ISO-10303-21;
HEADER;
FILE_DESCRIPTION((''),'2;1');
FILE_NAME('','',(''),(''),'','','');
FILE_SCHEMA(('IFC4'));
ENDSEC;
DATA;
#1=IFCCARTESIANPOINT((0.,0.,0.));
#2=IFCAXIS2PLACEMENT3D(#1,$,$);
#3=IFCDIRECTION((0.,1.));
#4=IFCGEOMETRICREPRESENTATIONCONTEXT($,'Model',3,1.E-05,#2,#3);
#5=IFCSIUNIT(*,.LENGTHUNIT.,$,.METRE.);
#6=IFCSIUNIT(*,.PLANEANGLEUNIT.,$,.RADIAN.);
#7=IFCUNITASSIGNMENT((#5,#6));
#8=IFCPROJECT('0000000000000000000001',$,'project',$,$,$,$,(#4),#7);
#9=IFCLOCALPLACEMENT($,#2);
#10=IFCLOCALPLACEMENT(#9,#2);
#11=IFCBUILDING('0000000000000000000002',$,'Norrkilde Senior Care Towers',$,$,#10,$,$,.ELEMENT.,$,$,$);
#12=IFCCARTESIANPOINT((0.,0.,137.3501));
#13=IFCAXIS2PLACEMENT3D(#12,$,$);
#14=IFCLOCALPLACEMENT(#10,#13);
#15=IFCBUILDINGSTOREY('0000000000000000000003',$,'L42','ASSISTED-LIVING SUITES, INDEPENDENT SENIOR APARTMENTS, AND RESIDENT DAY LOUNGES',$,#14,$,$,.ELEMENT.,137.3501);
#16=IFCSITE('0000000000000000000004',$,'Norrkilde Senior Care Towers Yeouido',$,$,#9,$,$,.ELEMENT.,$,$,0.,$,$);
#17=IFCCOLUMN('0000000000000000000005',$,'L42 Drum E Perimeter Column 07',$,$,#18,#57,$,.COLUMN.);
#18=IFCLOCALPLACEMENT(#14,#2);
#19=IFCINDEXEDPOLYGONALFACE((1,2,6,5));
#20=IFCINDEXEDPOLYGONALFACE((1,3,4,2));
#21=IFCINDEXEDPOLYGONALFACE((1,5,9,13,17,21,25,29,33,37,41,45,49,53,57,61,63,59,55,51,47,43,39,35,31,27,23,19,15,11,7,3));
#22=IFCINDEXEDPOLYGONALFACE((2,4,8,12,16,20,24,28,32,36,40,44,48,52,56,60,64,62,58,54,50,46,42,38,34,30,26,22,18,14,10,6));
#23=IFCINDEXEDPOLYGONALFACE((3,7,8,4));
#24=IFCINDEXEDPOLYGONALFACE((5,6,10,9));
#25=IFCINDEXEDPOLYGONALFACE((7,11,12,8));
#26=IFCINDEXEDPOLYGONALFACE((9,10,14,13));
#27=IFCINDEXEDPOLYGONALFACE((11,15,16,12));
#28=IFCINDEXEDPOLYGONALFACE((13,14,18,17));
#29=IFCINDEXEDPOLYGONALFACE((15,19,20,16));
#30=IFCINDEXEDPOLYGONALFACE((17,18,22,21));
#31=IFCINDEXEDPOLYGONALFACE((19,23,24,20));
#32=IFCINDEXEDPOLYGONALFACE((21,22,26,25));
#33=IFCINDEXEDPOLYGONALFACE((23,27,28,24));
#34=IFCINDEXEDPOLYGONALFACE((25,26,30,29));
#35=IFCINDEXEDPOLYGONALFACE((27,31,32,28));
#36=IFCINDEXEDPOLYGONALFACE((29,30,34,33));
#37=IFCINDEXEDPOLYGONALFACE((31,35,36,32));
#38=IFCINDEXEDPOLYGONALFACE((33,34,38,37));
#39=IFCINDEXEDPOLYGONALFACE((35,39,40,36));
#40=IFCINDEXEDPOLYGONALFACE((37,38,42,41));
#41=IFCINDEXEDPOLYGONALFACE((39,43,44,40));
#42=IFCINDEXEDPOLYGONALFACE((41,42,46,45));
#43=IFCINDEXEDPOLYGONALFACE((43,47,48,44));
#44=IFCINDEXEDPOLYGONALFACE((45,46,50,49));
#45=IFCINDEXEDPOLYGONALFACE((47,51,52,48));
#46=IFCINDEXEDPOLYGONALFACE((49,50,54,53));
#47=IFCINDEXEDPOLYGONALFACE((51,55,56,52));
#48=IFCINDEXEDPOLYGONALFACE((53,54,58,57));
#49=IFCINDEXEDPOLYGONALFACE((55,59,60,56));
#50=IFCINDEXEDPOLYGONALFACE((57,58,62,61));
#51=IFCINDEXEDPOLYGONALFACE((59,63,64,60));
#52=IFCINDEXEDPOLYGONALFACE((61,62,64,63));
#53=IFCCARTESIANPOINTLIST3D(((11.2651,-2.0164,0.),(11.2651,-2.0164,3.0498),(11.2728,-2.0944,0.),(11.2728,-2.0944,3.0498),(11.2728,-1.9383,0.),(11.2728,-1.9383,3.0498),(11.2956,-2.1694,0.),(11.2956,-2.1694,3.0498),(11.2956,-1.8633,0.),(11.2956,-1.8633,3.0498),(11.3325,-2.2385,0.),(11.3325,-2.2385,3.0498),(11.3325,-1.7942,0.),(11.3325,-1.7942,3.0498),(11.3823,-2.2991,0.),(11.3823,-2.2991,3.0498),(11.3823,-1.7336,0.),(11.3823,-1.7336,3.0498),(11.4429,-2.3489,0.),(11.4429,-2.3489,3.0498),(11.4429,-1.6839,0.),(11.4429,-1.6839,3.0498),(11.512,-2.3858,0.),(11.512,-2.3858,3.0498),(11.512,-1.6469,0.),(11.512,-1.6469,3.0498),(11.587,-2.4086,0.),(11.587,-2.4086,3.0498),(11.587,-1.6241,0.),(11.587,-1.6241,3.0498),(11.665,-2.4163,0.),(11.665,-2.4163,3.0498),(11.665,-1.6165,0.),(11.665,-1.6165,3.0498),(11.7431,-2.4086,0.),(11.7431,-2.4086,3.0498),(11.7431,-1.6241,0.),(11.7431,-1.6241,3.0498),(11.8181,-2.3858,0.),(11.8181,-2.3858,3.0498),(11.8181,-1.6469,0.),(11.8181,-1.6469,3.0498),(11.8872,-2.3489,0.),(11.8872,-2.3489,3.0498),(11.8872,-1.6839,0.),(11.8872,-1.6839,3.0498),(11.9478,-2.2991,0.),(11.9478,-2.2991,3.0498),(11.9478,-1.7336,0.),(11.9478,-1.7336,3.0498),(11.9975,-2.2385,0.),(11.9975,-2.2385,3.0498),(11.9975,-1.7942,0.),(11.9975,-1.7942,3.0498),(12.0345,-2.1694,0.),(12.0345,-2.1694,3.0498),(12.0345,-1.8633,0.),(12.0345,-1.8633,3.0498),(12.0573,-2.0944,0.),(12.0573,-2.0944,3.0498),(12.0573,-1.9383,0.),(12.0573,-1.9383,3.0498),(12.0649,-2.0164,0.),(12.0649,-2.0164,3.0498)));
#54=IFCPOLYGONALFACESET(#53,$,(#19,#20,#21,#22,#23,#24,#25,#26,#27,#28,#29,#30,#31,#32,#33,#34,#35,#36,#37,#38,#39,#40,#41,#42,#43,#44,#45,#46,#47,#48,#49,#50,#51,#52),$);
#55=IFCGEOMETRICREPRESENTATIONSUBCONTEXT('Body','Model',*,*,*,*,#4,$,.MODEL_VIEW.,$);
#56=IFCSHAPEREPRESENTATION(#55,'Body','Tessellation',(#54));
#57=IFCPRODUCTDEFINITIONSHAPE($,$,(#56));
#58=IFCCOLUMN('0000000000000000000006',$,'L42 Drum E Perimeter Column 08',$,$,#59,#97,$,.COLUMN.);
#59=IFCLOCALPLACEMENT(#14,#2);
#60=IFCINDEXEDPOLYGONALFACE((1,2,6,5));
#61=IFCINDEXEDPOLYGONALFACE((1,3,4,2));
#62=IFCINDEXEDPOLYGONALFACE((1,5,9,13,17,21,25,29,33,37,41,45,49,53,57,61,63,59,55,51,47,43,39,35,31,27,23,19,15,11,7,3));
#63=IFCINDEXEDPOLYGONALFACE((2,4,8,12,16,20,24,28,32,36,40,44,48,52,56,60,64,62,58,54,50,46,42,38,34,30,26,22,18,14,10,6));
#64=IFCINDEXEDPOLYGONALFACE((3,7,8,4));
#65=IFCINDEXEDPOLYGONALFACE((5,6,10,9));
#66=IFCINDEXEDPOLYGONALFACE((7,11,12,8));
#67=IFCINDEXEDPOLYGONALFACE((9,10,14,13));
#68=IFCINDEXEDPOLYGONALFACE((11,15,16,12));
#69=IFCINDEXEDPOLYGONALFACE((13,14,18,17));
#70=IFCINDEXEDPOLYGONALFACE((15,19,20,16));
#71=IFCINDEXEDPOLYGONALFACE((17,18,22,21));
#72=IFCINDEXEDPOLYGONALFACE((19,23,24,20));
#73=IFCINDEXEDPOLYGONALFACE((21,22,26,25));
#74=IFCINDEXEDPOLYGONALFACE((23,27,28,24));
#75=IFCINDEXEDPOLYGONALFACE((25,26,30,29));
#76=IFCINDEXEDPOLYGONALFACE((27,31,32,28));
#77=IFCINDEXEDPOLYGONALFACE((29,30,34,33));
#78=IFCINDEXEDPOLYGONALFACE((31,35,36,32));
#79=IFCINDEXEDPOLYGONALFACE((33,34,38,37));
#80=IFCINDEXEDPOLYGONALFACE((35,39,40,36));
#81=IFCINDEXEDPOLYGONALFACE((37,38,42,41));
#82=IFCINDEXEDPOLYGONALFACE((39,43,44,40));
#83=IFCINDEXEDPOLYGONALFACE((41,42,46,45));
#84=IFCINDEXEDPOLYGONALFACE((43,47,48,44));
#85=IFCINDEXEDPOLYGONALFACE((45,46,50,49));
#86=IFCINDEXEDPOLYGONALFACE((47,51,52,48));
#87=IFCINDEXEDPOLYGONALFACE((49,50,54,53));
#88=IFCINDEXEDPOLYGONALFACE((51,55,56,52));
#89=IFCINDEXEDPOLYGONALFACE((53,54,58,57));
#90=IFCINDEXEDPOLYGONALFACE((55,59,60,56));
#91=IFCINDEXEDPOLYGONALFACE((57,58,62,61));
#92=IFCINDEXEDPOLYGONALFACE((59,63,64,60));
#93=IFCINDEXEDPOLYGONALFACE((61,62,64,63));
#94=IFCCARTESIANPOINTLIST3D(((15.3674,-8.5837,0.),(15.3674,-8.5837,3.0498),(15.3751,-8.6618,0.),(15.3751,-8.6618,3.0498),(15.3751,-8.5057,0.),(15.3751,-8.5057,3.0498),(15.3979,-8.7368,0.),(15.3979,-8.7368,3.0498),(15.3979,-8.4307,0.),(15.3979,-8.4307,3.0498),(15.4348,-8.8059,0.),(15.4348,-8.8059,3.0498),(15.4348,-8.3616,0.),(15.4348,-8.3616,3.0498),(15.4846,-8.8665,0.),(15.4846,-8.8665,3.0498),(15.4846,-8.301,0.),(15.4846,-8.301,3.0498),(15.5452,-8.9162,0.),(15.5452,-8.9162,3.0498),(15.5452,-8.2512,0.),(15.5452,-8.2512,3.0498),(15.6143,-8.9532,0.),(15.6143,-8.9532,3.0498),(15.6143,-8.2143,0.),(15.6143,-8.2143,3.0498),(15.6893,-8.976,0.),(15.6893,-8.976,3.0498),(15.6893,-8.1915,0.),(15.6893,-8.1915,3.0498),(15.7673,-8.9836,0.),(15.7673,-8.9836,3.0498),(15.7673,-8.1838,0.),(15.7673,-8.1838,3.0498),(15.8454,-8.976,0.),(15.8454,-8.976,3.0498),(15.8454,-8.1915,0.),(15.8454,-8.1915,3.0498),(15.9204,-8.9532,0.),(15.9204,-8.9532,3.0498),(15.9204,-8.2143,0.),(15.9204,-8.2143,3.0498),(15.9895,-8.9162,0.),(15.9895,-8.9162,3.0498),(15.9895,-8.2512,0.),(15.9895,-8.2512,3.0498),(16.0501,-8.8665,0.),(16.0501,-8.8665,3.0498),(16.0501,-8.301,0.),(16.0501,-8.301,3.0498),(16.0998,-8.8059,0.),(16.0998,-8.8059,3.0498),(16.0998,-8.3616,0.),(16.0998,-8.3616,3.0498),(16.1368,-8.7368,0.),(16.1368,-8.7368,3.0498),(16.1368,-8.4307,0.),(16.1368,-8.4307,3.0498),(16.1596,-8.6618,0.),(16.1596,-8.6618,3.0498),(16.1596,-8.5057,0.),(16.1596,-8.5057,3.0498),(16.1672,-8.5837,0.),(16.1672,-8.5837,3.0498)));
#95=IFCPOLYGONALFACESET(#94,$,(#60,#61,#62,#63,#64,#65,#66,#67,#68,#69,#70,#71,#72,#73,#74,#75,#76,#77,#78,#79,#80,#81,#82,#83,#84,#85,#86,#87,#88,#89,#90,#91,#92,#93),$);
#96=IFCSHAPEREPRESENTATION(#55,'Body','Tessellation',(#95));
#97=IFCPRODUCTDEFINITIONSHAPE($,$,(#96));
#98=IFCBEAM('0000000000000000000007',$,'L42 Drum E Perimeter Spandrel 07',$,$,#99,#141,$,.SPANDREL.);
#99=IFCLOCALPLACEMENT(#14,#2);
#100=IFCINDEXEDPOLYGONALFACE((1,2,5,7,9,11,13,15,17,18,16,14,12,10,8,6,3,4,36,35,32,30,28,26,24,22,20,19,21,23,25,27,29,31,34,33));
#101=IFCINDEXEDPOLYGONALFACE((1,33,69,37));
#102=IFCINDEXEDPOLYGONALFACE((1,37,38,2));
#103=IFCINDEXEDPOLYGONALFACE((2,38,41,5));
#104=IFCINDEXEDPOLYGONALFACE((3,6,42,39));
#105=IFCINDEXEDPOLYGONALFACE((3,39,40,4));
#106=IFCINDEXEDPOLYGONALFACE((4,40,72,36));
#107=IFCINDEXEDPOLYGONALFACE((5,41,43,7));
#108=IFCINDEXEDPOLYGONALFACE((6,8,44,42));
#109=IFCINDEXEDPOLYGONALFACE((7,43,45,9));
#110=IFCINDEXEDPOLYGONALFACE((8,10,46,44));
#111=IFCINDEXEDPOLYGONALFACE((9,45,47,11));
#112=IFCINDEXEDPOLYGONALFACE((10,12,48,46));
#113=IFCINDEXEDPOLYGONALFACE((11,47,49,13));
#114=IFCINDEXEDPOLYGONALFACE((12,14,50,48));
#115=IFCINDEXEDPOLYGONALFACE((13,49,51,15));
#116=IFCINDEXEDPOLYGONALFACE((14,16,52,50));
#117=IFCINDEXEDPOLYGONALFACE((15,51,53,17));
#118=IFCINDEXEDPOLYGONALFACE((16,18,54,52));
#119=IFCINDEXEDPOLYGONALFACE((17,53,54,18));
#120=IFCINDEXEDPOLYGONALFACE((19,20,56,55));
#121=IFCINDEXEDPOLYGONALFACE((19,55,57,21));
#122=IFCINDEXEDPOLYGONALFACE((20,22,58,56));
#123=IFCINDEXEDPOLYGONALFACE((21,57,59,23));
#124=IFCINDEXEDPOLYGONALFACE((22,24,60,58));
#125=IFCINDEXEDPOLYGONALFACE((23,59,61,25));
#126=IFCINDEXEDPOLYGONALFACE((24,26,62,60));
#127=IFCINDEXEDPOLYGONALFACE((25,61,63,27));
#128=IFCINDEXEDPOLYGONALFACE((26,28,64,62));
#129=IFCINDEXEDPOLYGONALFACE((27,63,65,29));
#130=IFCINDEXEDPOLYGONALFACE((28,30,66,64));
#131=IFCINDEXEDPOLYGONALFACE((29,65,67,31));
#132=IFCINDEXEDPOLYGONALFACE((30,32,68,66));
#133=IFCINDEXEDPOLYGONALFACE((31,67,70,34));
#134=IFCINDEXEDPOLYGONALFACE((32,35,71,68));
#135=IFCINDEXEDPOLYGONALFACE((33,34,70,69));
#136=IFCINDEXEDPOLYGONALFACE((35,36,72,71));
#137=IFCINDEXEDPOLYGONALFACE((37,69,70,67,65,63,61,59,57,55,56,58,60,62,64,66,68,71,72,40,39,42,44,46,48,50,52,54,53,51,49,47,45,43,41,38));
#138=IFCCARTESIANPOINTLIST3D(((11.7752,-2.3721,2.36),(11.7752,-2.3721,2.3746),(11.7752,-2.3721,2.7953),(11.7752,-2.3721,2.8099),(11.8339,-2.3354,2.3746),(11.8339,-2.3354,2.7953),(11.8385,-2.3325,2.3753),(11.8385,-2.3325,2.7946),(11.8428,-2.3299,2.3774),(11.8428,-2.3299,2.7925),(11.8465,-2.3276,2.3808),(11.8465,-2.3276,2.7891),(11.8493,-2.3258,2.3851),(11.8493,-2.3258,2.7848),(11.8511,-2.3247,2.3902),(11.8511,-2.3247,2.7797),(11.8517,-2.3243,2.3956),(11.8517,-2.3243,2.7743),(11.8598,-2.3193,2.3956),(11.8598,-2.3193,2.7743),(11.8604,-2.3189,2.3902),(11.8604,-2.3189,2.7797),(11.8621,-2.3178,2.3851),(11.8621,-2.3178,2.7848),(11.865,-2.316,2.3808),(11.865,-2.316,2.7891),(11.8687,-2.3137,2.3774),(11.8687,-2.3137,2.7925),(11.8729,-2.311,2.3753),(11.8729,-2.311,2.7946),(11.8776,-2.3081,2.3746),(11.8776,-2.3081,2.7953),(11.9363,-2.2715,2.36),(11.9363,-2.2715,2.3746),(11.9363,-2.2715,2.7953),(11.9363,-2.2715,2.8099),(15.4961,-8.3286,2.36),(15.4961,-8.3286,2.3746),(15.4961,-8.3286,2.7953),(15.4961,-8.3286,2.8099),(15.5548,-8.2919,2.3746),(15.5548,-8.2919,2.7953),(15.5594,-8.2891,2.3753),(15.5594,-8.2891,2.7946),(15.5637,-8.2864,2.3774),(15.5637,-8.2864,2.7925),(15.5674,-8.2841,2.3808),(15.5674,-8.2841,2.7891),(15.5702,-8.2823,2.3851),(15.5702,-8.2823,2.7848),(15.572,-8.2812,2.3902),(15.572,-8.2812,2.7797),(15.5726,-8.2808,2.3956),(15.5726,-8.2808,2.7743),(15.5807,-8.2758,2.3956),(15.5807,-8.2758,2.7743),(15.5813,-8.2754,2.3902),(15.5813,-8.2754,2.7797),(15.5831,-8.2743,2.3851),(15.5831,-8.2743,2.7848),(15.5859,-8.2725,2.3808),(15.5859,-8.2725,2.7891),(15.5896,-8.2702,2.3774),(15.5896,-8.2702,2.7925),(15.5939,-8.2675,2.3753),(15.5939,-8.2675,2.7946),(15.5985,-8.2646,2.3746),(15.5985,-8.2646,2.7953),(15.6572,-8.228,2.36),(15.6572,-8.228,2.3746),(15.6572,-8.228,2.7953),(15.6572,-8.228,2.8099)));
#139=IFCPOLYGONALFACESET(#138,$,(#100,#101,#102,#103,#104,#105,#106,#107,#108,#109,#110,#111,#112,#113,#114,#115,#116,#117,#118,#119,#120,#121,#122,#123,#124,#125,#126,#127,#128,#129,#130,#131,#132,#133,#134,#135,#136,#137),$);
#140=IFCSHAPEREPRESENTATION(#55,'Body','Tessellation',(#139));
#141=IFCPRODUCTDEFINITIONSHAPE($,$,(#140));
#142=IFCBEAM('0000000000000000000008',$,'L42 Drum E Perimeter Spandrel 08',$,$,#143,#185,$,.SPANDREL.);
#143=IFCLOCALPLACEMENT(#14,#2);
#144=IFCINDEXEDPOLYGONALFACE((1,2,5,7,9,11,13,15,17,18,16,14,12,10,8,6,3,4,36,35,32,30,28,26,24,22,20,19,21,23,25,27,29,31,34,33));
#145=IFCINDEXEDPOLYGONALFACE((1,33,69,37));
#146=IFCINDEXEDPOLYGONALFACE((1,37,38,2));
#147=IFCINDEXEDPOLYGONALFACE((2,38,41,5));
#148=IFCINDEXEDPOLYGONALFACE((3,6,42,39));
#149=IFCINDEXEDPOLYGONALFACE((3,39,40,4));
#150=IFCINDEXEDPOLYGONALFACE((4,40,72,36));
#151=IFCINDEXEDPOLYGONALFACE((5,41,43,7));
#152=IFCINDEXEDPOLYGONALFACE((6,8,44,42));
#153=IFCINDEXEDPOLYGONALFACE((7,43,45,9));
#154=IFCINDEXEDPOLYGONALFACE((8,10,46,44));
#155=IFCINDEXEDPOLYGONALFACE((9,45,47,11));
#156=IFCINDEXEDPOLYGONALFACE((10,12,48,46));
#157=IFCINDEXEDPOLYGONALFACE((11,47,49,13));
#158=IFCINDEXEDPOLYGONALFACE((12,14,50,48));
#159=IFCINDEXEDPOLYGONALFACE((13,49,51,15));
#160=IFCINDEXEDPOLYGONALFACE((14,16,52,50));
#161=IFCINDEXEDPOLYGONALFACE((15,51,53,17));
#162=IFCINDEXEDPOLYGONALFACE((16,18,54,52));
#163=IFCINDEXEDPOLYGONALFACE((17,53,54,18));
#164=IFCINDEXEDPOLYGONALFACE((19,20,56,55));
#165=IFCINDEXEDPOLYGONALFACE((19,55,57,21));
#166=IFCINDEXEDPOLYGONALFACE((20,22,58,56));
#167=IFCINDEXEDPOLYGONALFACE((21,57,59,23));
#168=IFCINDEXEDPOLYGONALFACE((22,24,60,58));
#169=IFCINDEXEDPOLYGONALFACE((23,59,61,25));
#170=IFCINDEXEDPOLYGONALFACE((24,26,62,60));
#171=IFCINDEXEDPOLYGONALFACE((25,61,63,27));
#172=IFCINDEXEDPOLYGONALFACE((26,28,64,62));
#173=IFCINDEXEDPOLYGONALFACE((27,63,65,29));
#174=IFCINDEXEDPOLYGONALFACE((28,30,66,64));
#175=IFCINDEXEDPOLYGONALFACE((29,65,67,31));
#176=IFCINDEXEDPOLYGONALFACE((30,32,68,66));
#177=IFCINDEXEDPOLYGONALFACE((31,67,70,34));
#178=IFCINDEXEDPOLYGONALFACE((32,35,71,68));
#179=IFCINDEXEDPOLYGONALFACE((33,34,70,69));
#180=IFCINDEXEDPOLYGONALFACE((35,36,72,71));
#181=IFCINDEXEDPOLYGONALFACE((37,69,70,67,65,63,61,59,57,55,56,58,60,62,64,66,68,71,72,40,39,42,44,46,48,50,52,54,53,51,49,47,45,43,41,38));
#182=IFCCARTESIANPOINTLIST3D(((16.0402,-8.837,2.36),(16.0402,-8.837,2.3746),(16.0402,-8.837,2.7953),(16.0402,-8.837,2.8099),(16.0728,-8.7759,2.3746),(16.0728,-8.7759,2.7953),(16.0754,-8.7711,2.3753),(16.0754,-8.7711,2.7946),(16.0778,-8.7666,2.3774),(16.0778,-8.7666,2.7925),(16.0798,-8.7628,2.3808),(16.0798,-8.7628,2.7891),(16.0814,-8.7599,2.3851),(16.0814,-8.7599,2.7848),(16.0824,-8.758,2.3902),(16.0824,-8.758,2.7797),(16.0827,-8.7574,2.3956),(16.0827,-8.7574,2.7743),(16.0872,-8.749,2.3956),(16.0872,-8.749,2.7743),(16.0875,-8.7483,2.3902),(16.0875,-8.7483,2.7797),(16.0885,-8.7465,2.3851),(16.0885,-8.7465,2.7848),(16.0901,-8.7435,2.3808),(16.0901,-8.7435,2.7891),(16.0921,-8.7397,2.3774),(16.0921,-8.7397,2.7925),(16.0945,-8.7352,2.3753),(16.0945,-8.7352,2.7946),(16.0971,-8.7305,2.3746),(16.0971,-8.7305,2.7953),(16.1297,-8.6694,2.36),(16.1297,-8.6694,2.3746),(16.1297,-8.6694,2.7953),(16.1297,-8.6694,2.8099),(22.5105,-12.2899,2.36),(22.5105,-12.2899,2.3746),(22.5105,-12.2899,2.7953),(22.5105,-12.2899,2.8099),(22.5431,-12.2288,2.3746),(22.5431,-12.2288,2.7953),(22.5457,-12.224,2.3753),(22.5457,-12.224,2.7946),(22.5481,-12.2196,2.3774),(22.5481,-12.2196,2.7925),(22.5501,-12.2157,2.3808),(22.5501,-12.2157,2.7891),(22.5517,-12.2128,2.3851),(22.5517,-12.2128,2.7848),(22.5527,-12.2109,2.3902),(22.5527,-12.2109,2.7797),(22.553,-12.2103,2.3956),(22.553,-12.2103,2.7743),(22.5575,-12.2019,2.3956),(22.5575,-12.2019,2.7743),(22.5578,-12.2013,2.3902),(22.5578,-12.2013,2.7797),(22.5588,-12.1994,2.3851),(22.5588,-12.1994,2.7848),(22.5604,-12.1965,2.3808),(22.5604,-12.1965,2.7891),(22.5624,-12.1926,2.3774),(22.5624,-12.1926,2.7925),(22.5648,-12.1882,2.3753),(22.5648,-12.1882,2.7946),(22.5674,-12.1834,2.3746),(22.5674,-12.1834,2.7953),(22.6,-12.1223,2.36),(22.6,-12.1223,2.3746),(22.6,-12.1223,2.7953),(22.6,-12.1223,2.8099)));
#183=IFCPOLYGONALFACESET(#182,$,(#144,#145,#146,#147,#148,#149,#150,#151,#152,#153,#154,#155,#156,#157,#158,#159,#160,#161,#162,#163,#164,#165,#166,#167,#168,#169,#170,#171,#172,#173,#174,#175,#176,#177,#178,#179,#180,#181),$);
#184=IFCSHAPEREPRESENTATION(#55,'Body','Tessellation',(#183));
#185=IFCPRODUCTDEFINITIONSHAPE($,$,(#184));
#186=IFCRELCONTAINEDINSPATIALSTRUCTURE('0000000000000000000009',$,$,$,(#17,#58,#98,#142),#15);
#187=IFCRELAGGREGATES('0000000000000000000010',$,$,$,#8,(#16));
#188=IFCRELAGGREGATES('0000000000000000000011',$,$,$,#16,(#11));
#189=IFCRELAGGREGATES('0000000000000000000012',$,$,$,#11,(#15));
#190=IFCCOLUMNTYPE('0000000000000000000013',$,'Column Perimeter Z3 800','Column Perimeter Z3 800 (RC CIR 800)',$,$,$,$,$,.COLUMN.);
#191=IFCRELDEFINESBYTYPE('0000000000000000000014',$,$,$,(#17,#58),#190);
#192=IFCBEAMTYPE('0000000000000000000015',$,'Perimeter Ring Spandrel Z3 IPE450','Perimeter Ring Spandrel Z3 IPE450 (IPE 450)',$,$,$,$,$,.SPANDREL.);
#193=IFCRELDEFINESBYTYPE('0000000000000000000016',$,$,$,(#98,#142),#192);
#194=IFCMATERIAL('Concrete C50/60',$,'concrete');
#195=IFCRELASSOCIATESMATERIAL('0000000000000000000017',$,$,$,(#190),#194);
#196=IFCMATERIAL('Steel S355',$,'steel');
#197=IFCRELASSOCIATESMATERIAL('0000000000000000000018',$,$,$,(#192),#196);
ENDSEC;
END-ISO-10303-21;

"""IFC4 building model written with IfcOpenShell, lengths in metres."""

from ifc_helpers import new_model, si_unit, direction, frame, origin, origin_2d, place, context, subcontext, project, spatial, circle, i_section, extrude, source, transform, mapped, material, material_profile, profile_set, type_object, type_shapes, element, save


model = new_model("IFC4")

# Units and contexts
model_context = context("Model", 3, precision=1e-05, world=origin(), true_north=direction((0.0, 1.0)))
body_context = subcontext(model_context, "Body", "Model", "MODEL_VIEW")
ifc_project = project(units=[si_unit("LENGTHUNIT", "METRE"), si_unit("PLANEANGLEUNIT", "RADIAN")], contexts=[model_context])

# Site, building, storey
site_placement = place(None, origin())
site = spatial("IfcSite", under=ifc_project, at=site_placement, Name="Norrkilde Senior Care Towers Yeouido", CompositionType="ELEMENT", RefElevation=0.0)
building_placement = place(site_placement, origin())
building = spatial("IfcBuilding", under=site, at=building_placement, Name="Norrkilde Senior Care Towers", CompositionType="ELEMENT")
storey_placement = place(building_placement, frame((0.0, 0.0, 137.3501)))
storey = spatial("IfcBuildingStorey", under=building, at=storey_placement, Name="L42", Description="ASSISTED-LIVING SUITES, INDEPENDENT SENIOR APARTMENTS, AND RESIDENT DAY LOUNGES", CompositionType="ELEMENT", Elevation=137.3501)

# Columns
ifc_material_1 = material(Name="Concrete C50/60", Category="concrete")
ifc_material_profile_1 = material_profile(ifc_material_1, circle(Radius=0.3999, at=origin_2d()), Name="RC CIR 800")
ifc_profile_set_1 = profile_set([ifc_material_profile_1], Name="Concrete C50/60")
column_type = type_object("IfcColumnType", Name="Column Perimeter Z3 800", Description="Column Perimeter Z3 800 (RC CIR 800)", PredefinedType="COLUMN", material=ifc_profile_set_1)
shared_shape_1 = source(origin(), body_context, "Body", "SweptSolid", [
    extrude(circle(Radius=0.3999, at=origin_2d()), origin(), (0.0, 0.0, 1.0), 3.0498),
])
type_shapes(column_type, [shared_shape_1])
for number, where, z_axis, x_axis, name in (
    (1, (11.665, -2.0164, 0.0), (0.0, 0.0, 1.0), (1.0, 0.0, 0.0), "L42 Drum E Perimeter Column 07"),
    (2, (15.7673, -8.5837, 0.0), (0.0, 0.0, 1.0), (1.0, 0.0, 0.0), "L42 Drum E Perimeter Column 08"),
):
    element("IfcColumn", number, at=place(storey_placement, frame(where, z_axis=z_axis, x_axis=x_axis)), inside=storey, type_object=column_type, Name=name, PredefinedType="COLUMN", context=body_context, shape_type="MappedRepresentation", body=[
        mapped(shared_shape_1, transform((0.0, 0.0, 0.0), x_axis=(1.0, 0.0, 0.0), y_axis=(0.0, 1.0, 0.0), z_axis=(0.0, 0.0, 1.0), scale=1.0)),
    ])

# Beams
ifc_material_2 = material(Name="Steel S355", Category="steel")
ifc_material_profile_2 = material_profile(ifc_material_2, i_section(OverallWidth=0.1899, OverallDepth=0.45, WebThickness=0.0095, FlangeThickness=0.0146, FilletRadius=0.021, at=origin_2d()), Name="IPE 450")
ifc_profile_set_2 = profile_set([ifc_material_profile_2], Name="Steel S355")
beam_type_1 = type_object("IfcBeamType", Name="Perimeter Ring Spandrel Z3 IPE450", Description="Perimeter Ring Spandrel Z3 IPE450 (IPE 450)", PredefinedType="SPANDREL", material=ifc_profile_set_2)
shared_shape_2 = source(origin(), body_context, "Body", "SweptSolid", [
    extrude(i_section(OverallWidth=0.1899, OverallDepth=0.45, WebThickness=0.0095, FlangeThickness=0.0146, FilletRadius=0.021, at=origin_2d()), origin(), (0.0, 0.0, 1.0), 7.0232),
])
beam_1_placement = place(storey_placement, frame((11.8557, -2.3218, 2.585), z_axis=(0.529805, -0.848119, 0.0), x_axis=(0.848119, 0.529805, 0.0)))
element("IfcBeam", 3, at=beam_1_placement, inside=storey, type_object=beam_type_1, Name="L42 Drum E Perimeter Spandrel 07", PredefinedType="SPANDREL", context=body_context, shape_type="MappedRepresentation", body=[
    mapped(shared_shape_2, transform((0.0, 0.0, 0.0), x_axis=(1.0, 0.0, 0.0), y_axis=(0.0, 1.0, 0.0), z_axis=(0.0, 0.0, 1.0), scale=1.0)),
])
shared_shape_3 = source(origin(), body_context, "Body", "SweptSolid", [
    extrude(i_section(OverallWidth=0.1899, OverallDepth=0.45, WebThickness=0.0095, FlangeThickness=0.0146, FilletRadius=0.021, at=origin_2d()), origin(), (0.0, 0.0, 1.0), 7.334),
])
type_shapes(beam_type_1, [shared_shape_2, shared_shape_3])
beam_2_placement = place(storey_placement, frame((16.085, -8.7532, 2.585), z_axis=(0.882234, -0.470811, 0.0), x_axis=(0.470811, 0.882234, 0.0)))
element("IfcBeam", 4, at=beam_2_placement, inside=storey, type_object=beam_type_1, Name="L42 Drum E Perimeter Spandrel 08", PredefinedType="SPANDREL", context=body_context, shape_type="MappedRepresentation", body=[
    mapped(shared_shape_3, transform((0.0, 0.0, 0.0), x_axis=(1.0, 0.0, 0.0), y_axis=(0.0, 1.0, 0.0), z_axis=(0.0, 0.0, 1.0), scale=1.0)),
])

save(model, "model.ifc")
